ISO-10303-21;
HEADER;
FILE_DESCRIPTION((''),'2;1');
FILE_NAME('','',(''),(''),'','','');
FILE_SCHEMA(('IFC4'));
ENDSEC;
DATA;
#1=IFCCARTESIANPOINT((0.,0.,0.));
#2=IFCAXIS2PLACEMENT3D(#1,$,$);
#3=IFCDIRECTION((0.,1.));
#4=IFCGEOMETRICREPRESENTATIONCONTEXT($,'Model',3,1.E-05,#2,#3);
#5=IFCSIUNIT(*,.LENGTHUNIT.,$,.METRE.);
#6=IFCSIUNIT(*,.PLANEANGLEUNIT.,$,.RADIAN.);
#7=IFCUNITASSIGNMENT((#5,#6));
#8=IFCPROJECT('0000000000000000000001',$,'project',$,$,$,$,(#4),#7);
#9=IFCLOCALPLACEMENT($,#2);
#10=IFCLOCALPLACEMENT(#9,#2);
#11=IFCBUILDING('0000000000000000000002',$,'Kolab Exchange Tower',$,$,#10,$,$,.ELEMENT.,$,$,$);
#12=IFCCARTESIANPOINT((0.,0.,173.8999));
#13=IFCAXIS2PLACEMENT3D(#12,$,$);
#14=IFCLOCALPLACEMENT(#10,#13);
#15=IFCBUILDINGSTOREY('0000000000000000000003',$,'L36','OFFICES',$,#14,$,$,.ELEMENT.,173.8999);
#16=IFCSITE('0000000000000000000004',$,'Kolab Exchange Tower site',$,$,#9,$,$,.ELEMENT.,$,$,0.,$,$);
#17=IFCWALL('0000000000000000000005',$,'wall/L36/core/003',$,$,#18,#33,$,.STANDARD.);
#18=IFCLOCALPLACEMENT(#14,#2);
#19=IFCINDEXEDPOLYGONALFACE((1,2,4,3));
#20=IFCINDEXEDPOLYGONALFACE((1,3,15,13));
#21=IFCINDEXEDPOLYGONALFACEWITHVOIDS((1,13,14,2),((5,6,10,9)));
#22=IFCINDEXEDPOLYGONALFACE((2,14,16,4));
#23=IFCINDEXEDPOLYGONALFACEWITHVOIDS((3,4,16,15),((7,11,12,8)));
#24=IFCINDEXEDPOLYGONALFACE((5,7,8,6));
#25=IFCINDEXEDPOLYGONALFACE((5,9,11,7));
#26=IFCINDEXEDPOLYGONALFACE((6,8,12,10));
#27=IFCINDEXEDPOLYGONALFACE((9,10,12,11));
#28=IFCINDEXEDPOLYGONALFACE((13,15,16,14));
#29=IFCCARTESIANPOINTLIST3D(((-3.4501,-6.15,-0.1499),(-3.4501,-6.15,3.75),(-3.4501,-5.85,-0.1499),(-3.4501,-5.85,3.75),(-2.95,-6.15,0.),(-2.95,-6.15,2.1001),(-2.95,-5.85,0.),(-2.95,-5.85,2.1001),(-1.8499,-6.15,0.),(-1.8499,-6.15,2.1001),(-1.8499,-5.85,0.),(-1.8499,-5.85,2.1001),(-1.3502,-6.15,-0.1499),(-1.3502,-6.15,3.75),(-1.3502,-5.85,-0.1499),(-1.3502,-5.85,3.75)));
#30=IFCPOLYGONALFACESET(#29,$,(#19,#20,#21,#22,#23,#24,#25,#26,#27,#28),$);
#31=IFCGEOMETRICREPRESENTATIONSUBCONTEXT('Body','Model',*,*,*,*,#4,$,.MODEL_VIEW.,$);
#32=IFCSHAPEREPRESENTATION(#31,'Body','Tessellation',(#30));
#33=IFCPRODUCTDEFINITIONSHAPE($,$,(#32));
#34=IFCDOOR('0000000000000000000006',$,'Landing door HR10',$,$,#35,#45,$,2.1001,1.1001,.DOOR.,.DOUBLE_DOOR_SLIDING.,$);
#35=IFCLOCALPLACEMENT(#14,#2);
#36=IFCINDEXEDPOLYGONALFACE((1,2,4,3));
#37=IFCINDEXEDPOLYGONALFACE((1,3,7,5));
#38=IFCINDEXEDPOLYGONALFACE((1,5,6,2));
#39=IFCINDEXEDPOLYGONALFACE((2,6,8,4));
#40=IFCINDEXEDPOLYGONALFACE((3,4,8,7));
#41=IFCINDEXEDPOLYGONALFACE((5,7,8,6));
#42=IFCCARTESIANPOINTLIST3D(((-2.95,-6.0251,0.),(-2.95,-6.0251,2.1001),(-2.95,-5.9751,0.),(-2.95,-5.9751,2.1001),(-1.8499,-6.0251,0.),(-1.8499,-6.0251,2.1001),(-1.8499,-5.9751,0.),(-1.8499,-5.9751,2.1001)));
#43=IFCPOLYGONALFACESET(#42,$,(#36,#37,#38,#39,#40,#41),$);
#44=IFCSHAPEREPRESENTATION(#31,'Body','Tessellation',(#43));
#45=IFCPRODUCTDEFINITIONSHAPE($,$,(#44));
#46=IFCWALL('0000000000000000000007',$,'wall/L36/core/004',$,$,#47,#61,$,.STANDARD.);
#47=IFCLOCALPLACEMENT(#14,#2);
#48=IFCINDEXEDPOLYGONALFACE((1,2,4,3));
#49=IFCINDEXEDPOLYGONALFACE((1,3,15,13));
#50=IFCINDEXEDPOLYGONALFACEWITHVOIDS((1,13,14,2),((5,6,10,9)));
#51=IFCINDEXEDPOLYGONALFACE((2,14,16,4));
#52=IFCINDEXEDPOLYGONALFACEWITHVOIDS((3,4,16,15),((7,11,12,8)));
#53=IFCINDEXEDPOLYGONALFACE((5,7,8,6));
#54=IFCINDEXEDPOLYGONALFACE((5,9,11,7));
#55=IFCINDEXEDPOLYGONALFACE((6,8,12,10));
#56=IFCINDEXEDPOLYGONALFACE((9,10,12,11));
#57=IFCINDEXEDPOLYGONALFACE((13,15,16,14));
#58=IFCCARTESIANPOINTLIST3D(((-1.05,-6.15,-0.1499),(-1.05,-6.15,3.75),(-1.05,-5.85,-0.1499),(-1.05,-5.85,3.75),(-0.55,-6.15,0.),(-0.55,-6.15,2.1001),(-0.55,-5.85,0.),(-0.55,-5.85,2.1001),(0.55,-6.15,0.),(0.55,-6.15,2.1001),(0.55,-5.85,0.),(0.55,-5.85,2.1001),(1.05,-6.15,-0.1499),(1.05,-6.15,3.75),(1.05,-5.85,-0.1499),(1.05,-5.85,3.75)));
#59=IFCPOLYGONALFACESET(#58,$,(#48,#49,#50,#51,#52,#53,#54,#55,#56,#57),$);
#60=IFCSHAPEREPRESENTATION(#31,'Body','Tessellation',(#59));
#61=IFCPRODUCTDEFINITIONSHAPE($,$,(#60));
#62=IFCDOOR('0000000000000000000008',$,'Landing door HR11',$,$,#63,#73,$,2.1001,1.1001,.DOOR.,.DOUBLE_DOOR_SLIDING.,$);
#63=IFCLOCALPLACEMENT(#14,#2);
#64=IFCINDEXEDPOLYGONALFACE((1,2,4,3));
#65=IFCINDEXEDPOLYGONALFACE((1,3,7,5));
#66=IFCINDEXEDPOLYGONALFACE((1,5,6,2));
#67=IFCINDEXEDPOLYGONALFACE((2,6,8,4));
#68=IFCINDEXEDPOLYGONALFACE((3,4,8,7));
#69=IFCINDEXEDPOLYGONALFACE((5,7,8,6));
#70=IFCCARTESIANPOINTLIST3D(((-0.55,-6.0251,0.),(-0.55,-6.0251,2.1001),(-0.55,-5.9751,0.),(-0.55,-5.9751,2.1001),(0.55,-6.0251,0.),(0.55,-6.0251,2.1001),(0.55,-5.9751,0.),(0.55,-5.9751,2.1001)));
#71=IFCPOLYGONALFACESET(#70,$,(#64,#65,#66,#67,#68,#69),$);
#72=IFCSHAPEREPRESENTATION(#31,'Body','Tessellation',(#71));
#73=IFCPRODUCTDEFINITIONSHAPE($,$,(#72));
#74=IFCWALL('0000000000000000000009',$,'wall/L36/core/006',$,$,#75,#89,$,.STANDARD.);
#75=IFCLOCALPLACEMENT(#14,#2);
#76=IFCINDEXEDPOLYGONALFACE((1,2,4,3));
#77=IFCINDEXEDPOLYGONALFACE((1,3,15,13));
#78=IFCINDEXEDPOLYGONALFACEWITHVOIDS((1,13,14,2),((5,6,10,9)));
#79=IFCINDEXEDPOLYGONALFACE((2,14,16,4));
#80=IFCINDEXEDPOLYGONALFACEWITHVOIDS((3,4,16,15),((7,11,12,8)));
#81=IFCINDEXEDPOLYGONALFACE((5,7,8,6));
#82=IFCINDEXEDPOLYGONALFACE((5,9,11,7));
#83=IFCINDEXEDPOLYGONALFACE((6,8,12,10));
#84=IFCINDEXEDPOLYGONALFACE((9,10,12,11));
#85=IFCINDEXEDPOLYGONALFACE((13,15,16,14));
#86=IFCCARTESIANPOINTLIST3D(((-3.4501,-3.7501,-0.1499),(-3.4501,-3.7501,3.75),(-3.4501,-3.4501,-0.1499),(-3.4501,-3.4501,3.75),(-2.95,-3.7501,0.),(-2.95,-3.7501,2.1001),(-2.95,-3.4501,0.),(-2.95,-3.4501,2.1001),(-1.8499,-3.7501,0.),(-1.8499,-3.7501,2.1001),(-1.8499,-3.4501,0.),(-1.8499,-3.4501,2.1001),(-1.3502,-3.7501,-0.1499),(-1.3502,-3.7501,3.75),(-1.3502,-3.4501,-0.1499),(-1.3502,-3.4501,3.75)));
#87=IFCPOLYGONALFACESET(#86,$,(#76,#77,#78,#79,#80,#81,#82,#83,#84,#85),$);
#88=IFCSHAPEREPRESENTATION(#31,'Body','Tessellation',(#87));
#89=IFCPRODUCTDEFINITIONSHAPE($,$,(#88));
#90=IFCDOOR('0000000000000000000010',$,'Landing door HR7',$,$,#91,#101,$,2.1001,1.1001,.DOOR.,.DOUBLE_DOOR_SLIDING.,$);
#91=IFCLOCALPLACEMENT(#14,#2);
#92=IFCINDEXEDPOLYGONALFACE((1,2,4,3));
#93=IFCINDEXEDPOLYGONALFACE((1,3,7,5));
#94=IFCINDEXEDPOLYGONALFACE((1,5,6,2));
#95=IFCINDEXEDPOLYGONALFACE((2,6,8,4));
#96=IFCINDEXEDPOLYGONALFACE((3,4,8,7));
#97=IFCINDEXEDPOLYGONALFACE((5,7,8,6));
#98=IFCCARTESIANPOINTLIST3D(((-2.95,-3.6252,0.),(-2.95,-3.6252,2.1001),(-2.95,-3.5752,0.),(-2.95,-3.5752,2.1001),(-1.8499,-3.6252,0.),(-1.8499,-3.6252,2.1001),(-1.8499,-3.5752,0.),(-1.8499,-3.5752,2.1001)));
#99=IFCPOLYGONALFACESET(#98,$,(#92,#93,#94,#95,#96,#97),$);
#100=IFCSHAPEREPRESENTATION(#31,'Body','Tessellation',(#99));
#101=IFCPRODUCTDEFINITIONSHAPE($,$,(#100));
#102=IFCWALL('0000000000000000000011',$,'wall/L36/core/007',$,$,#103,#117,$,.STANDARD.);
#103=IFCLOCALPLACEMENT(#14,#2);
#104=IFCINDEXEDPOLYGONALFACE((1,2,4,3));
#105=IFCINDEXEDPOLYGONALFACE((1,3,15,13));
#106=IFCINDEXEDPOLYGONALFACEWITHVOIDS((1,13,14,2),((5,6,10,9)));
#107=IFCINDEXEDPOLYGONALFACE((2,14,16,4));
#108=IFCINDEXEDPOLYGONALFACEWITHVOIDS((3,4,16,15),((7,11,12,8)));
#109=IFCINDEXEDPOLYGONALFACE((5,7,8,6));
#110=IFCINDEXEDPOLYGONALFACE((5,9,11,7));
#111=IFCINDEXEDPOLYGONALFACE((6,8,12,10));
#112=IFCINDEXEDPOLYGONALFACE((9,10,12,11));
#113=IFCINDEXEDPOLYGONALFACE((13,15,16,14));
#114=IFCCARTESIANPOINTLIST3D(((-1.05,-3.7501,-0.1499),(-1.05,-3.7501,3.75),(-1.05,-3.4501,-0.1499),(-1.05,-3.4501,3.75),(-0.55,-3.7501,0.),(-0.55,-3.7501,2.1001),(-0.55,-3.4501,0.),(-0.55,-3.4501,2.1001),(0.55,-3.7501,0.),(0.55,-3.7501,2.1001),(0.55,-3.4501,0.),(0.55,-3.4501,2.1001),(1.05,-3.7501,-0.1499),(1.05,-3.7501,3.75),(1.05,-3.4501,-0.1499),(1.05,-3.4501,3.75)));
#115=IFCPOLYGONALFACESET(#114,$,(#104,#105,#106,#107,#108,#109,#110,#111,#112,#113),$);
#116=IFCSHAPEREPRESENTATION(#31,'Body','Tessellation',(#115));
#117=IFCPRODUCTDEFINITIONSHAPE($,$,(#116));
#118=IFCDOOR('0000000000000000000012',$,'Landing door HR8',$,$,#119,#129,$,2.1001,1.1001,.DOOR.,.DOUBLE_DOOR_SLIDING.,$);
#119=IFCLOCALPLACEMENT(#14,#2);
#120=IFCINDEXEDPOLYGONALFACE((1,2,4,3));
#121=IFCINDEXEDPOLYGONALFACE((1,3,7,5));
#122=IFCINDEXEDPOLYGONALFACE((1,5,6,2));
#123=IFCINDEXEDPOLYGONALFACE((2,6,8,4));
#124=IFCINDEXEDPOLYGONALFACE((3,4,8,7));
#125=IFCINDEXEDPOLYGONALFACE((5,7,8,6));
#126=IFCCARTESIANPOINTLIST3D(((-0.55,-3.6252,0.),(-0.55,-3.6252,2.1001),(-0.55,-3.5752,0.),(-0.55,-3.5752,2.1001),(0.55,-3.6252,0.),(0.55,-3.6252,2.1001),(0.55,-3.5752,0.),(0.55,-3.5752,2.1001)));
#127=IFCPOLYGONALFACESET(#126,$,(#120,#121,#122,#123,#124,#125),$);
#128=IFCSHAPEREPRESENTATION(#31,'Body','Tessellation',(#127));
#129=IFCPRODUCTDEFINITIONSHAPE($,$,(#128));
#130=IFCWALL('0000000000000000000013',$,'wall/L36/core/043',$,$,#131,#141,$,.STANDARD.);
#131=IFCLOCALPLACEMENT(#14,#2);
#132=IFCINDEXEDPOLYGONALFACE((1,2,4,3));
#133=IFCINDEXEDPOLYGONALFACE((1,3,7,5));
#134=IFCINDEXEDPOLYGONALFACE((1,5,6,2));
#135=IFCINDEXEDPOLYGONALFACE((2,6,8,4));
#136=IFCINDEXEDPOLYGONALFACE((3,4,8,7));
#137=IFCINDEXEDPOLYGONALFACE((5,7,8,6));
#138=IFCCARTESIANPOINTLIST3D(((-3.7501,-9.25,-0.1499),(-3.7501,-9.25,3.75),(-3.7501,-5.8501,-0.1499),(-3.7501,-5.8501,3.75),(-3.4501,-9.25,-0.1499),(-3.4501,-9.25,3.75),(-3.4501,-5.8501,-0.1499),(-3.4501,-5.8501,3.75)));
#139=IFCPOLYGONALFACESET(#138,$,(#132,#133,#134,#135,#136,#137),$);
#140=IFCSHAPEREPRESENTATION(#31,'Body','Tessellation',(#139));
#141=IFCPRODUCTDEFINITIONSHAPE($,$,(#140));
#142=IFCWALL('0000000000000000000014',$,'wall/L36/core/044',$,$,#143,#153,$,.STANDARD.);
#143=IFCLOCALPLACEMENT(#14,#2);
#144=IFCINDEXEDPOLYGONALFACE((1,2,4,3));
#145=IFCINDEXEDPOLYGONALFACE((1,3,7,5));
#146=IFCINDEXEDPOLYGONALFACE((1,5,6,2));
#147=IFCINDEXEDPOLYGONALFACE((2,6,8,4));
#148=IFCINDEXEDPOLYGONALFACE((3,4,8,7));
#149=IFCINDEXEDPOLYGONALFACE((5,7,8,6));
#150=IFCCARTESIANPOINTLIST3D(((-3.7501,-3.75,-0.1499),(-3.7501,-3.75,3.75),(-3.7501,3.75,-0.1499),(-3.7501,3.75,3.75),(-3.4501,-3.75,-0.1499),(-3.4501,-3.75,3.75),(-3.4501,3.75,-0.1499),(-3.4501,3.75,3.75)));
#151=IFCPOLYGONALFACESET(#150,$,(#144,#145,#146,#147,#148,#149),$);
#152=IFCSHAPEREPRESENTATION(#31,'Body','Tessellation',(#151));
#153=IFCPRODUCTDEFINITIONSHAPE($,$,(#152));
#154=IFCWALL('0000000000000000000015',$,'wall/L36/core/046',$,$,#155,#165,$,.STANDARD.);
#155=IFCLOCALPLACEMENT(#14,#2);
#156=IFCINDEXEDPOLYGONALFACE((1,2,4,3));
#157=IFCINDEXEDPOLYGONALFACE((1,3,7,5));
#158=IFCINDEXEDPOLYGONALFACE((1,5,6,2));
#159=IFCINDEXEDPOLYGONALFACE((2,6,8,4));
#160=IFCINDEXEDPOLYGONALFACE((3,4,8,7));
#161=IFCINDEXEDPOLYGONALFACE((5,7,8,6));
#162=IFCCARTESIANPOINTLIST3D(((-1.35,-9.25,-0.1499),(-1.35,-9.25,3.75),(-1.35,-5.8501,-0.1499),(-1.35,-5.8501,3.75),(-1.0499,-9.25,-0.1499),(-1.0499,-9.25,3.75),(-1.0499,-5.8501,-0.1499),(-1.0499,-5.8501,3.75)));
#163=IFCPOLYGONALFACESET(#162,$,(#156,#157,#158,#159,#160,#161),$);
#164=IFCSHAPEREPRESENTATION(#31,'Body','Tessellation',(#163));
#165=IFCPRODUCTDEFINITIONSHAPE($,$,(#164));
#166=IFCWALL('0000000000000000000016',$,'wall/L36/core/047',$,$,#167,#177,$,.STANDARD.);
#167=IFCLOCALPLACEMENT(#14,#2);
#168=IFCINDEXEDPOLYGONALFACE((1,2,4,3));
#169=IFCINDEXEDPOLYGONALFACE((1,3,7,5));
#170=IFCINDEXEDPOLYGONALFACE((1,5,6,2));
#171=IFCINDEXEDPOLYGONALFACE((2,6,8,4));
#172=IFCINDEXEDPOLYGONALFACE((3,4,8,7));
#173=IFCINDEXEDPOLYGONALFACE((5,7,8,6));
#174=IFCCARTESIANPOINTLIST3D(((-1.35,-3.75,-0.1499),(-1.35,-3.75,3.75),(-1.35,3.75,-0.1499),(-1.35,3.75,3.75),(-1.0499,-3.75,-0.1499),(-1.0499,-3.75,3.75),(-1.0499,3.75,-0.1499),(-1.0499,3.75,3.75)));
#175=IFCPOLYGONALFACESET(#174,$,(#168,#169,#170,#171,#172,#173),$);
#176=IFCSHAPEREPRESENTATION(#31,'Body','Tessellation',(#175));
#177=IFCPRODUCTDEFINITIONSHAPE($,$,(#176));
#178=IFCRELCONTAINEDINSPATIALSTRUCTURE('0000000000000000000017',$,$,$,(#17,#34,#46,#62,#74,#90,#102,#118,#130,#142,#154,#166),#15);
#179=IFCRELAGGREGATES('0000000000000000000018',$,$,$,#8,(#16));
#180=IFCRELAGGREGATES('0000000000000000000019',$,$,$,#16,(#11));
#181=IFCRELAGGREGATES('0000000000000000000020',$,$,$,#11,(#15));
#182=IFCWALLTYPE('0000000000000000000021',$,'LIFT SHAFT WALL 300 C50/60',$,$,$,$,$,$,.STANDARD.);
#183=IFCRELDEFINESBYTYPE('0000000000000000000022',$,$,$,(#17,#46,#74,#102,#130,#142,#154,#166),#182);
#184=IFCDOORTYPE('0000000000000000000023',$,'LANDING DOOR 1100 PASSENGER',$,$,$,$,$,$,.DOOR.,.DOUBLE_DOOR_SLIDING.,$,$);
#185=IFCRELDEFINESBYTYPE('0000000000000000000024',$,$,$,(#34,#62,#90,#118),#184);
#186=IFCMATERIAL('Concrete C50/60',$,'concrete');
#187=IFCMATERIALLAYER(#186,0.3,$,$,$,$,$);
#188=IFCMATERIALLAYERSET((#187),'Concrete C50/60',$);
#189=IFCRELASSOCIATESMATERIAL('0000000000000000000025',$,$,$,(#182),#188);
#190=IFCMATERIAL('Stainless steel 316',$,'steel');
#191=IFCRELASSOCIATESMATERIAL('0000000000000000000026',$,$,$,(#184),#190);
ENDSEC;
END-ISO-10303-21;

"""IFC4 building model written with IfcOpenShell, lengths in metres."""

from ifc_helpers import new_model, si_unit, direction, frame, frame_2d, origin, place, context, subcontext, project, spatial, rectangle, extrude, material, layer, layer_set, type_object, element, fill, save


model = new_model("IFC4")

# Units and contexts
model_context = context("Model", 3, precision=1e-05, world=origin(), true_north=direction((0.0, 1.0)))
body_context = subcontext(model_context, "Body", "Model", "MODEL_VIEW")
ifc_project = project(units=[si_unit("LENGTHUNIT", "METRE"), si_unit("PLANEANGLEUNIT", "RADIAN")], contexts=[model_context])

# Site, building, storey
site_placement = place(None, origin())
site = spatial("IfcSite", under=ifc_project, at=site_placement, Name="Kolab Exchange Tower site", CompositionType="ELEMENT", RefElevation=0.0)
building_placement = place(site_placement, origin())
building = spatial("IfcBuilding", under=site, at=building_placement, Name="Kolab Exchange Tower", CompositionType="ELEMENT")
storey_placement = place(building_placement, frame((0.0, 0.0, 173.8999)))
storey = spatial("IfcBuildingStorey", under=building, at=storey_placement, Name="L36", Description="OFFICES", CompositionType="ELEMENT", Elevation=173.8999)

# Walls, openings, doors
ifc_material_1 = material(Name="Concrete C50/60", Category="concrete")
ifc_layer_1 = layer(ifc_material_1, 0.3)
ifc_layer_set_1 = layer_set([ifc_layer_1], Name="Concrete C50/60")
wall_type_1 = type_object("IfcWallType", Name="LIFT SHAFT WALL 300 C50/60", PredefinedType="STANDARD", material=ifc_layer_set_1)
wall_1_placement = place(storey_placement, frame((-3.45, -6.0, -0.1499), z_axis=(0.0, 0.0, 1.0), x_axis=(1.0, 0.0, 0.0)))
wall_1 = element("IfcWall", 1, at=wall_1_placement, inside=storey, type_object=wall_type_1, Name="wall/L36/core/003", PredefinedType="STANDARD", context=body_context, shape_type="SweptSolid", body=[
    extrude(rectangle(XDim=2.0999, YDim=0.3, at=frame_2d((1.0498, 0.0))), origin(), (0.0, 0.0, 1.0), 3.8999),
])
opening_1_placement = place(wall_1_placement, frame((0.5, 0.0, 0.1499)))
opening_1 = element("IfcOpeningElement", 2, at=opening_1_placement, cuts=wall_1, PredefinedType="OPENING", context=body_context, shape_type="SweptSolid", body=[
    extrude(rectangle(XDim=1.1001, YDim=2.1001, at=frame_2d((0.55, 1.05))), frame((0.0, 0.1602, 0.0), z_axis=(0.0, -1.0, 0.0), x_axis=(1.0, 0.0, 0.0)), (0.0, 0.0, 1.0), 0.3201),
])
ifc_material_2 = material(Name="Stainless steel 316", Category="steel")
door_type_1 = type_object("IfcDoorType", Name="LANDING DOOR 1100 PASSENGER", OperationType="DOUBLE_DOOR_SLIDING", PredefinedType="DOOR", material=ifc_material_2)
door_1_placement = place(opening_1_placement, origin())
door_1 = element("IfcDoor", 3, at=door_1_placement, inside=storey, type_object=door_type_1, Name="Landing door HR10", OperationType="DOUBLE_DOOR_SLIDING", OverallHeight=2.1001, OverallWidth=1.1001, PredefinedType="DOOR", context=body_context, shape_type="SweptSolid", body=[
    extrude(rectangle(XDim=1.1001, YDim=2.1001, at=frame_2d((0.55, 1.05))), frame((0.0, 0.0249, 0.0), z_axis=(0.0, -1.0, 0.0), x_axis=(1.0, 0.0, 0.0)), (0.0, 0.0, 1.0), 0.05),
])
fill(opening_1, door_1)
wall_2_placement = place(storey_placement, frame((-1.05, -6.0, -0.1499), z_axis=(0.0, 0.0, 1.0), x_axis=(1.0, 0.0, 0.0)))
wall_2 = element("IfcWall", 4, at=wall_2_placement, inside=storey, type_object=wall_type_1, Name="wall/L36/core/004", PredefinedType="STANDARD", context=body_context, shape_type="SweptSolid", body=[
    extrude(rectangle(XDim=2.1001, YDim=0.3, at=frame_2d((1.05, 0.0))), origin(), (0.0, 0.0, 1.0), 3.8999),
])
opening_2_placement = place(wall_2_placement, frame((0.5, 0.0, 0.1499)))
opening_2 = element("IfcOpeningElement", 5, at=opening_2_placement, cuts=wall_2, PredefinedType="OPENING", context=body_context, shape_type="SweptSolid", body=[
    extrude(rectangle(XDim=1.1001, YDim=2.1001, at=frame_2d((0.55, 1.05))), frame((0.0, 0.1602, 0.0), z_axis=(0.0, -1.0, 0.0), x_axis=(1.0, 0.0, 0.0)), (0.0, 0.0, 1.0), 0.3201),
])
door_2_placement = place(opening_2_placement, origin())
door_2 = element("IfcDoor", 6, at=door_2_placement, inside=storey, type_object=door_type_1, Name="Landing door HR11", OperationType="DOUBLE_DOOR_SLIDING", OverallHeight=2.1001, OverallWidth=1.1001, PredefinedType="DOOR", context=body_context, shape_type="SweptSolid", body=[
    extrude(rectangle(XDim=1.1001, YDim=2.1001, at=frame_2d((0.55, 1.05))), frame((0.0, 0.0249, 0.0), z_axis=(0.0, -1.0, 0.0), x_axis=(1.0, 0.0, 0.0)), (0.0, 0.0, 1.0), 0.05),
])
fill(opening_2, door_2)
wall_3_placement = place(storey_placement, frame((-3.45, -3.6001, -0.1499), z_axis=(0.0, 0.0, 1.0), x_axis=(1.0, 0.0, 0.0)))
wall_3 = element("IfcWall", 7, at=wall_3_placement, inside=storey, type_object=wall_type_1, Name="wall/L36/core/006", PredefinedType="STANDARD", context=body_context, shape_type="SweptSolid", body=[
    extrude(rectangle(XDim=2.0999, YDim=0.3, at=frame_2d((1.0498, 0.0))), origin(), (0.0, 0.0, 1.0), 3.8999),
])
opening_3_placement = place(wall_3_placement, frame((0.5, 0.0, 0.1499)))
opening_3 = element("IfcOpeningElement", 8, at=opening_3_placement, cuts=wall_3, PredefinedType="OPENING", context=body_context, shape_type="SweptSolid", body=[
    extrude(rectangle(XDim=1.1001, YDim=2.1001, at=frame_2d((0.55, 1.05))), frame((0.0, 0.1602, 0.0), z_axis=(0.0, -1.0, 0.0), x_axis=(1.0, 0.0, 0.0)), (0.0, 0.0, 1.0), 0.3201),
])
door_3_placement = place(opening_3_placement, origin())
door_3 = element("IfcDoor", 9, at=door_3_placement, inside=storey, type_object=door_type_1, Name="Landing door HR7", OperationType="DOUBLE_DOOR_SLIDING", OverallHeight=2.1001, OverallWidth=1.1001, PredefinedType="DOOR", context=body_context, shape_type="SweptSolid", body=[
    extrude(rectangle(XDim=1.1001, YDim=2.1001, at=frame_2d((0.55, 1.05))), frame((0.0, 0.0249, 0.0), z_axis=(0.0, -1.0, 0.0), x_axis=(1.0, 0.0, 0.0)), (0.0, 0.0, 1.0), 0.05),
])
fill(opening_3, door_3)
wall_4_placement = place(storey_placement, frame((-1.05, -3.6001, -0.1499), z_axis=(0.0, 0.0, 1.0), x_axis=(1.0, 0.0, 0.0)))
wall_4 = element("IfcWall", 10, at=wall_4_placement, inside=storey, type_object=wall_type_1, Name="wall/L36/core/007", PredefinedType="STANDARD", context=body_context, shape_type="SweptSolid", body=[
    extrude(rectangle(XDim=2.1001, YDim=0.3, at=frame_2d((1.05, 0.0))), origin(), (0.0, 0.0, 1.0), 3.8999),
])
opening_4_placement = place(wall_4_placement, frame((0.5, 0.0, 0.1499)))
opening_4 = element("IfcOpeningElement", 11, at=opening_4_placement, cuts=wall_4, PredefinedType="OPENING", context=body_context, shape_type="SweptSolid", body=[
    extrude(rectangle(XDim=1.1001, YDim=2.1001, at=frame_2d((0.55, 1.05))), frame((0.0, 0.1602, 0.0), z_axis=(0.0, -1.0, 0.0), x_axis=(1.0, 0.0, 0.0)), (0.0, 0.0, 1.0), 0.3201),
])
door_4_placement = place(opening_4_placement, origin())
door_4 = element("IfcDoor", 12, at=door_4_placement, inside=storey, type_object=door_type_1, Name="Landing door HR8", OperationType="DOUBLE_DOOR_SLIDING", OverallHeight=2.1001, OverallWidth=1.1001, PredefinedType="DOOR", context=body_context, shape_type="SweptSolid", body=[
    extrude(rectangle(XDim=1.1001, YDim=2.1001, at=frame_2d((0.55, 1.05))), frame((0.0, 0.0249, 0.0), z_axis=(0.0, -1.0, 0.0), x_axis=(1.0, 0.0, 0.0)), (0.0, 0.0, 1.0), 0.05),
])
fill(opening_4, door_4)

# Walls
wall_5_placement = place(storey_placement, frame((-3.6001, -9.25, -0.1499), z_axis=(0.0, 0.0, 1.0), x_axis=(0.0, 1.0, 0.0)))
element("IfcWall", 13, at=wall_5_placement, inside=storey, type_object=wall_type_1, Name="wall/L36/core/043", PredefinedType="STANDARD", context=body_context, shape_type="SweptSolid", body=[
    extrude(rectangle(XDim=3.3999, YDim=0.3, at=frame_2d((1.7, 0.0))), origin(), (0.0, 0.0, 1.0), 3.8999),
])
wall_6_placement = place(storey_placement, frame((-3.6001, -3.75, -0.1499), z_axis=(0.0, 0.0, 1.0), x_axis=(0.0, 1.0, 0.0)))
element("IfcWall", 14, at=wall_6_placement, inside=storey, type_object=wall_type_1, Name="wall/L36/core/044", PredefinedType="STANDARD", context=body_context, shape_type="SweptSolid", body=[
    extrude(rectangle(XDim=7.5, YDim=0.3, at=frame_2d((3.75, 0.0))), origin(), (0.0, 0.0, 1.0), 3.8999),
])
wall_7_placement = place(storey_placement, frame((-1.2, -9.25, -0.1499), z_axis=(0.0, 0.0, 1.0), x_axis=(0.0, 1.0, 0.0)))
element("IfcWall", 15, at=wall_7_placement, inside=storey, type_object=wall_type_1, Name="wall/L36/core/046", PredefinedType="STANDARD", context=body_context, shape_type="SweptSolid", body=[
    extrude(rectangle(XDim=3.3999, YDim=0.3, at=frame_2d((1.7, 0.0))), origin(), (0.0, 0.0, 1.0), 3.8999),
])
wall_8_placement = place(storey_placement, frame((-1.2, -3.75, -0.1499), z_axis=(0.0, 0.0, 1.0), x_axis=(0.0, 1.0, 0.0)))
element("IfcWall", 16, at=wall_8_placement, inside=storey, type_object=wall_type_1, Name="wall/L36/core/047", PredefinedType="STANDARD", context=body_context, shape_type="SweptSolid", body=[
    extrude(rectangle(XDim=7.5, YDim=0.3, at=frame_2d((3.75, 0.0))), origin(), (0.0, 0.0, 1.0), 3.8999),
])

save(model, "model.ifc")
